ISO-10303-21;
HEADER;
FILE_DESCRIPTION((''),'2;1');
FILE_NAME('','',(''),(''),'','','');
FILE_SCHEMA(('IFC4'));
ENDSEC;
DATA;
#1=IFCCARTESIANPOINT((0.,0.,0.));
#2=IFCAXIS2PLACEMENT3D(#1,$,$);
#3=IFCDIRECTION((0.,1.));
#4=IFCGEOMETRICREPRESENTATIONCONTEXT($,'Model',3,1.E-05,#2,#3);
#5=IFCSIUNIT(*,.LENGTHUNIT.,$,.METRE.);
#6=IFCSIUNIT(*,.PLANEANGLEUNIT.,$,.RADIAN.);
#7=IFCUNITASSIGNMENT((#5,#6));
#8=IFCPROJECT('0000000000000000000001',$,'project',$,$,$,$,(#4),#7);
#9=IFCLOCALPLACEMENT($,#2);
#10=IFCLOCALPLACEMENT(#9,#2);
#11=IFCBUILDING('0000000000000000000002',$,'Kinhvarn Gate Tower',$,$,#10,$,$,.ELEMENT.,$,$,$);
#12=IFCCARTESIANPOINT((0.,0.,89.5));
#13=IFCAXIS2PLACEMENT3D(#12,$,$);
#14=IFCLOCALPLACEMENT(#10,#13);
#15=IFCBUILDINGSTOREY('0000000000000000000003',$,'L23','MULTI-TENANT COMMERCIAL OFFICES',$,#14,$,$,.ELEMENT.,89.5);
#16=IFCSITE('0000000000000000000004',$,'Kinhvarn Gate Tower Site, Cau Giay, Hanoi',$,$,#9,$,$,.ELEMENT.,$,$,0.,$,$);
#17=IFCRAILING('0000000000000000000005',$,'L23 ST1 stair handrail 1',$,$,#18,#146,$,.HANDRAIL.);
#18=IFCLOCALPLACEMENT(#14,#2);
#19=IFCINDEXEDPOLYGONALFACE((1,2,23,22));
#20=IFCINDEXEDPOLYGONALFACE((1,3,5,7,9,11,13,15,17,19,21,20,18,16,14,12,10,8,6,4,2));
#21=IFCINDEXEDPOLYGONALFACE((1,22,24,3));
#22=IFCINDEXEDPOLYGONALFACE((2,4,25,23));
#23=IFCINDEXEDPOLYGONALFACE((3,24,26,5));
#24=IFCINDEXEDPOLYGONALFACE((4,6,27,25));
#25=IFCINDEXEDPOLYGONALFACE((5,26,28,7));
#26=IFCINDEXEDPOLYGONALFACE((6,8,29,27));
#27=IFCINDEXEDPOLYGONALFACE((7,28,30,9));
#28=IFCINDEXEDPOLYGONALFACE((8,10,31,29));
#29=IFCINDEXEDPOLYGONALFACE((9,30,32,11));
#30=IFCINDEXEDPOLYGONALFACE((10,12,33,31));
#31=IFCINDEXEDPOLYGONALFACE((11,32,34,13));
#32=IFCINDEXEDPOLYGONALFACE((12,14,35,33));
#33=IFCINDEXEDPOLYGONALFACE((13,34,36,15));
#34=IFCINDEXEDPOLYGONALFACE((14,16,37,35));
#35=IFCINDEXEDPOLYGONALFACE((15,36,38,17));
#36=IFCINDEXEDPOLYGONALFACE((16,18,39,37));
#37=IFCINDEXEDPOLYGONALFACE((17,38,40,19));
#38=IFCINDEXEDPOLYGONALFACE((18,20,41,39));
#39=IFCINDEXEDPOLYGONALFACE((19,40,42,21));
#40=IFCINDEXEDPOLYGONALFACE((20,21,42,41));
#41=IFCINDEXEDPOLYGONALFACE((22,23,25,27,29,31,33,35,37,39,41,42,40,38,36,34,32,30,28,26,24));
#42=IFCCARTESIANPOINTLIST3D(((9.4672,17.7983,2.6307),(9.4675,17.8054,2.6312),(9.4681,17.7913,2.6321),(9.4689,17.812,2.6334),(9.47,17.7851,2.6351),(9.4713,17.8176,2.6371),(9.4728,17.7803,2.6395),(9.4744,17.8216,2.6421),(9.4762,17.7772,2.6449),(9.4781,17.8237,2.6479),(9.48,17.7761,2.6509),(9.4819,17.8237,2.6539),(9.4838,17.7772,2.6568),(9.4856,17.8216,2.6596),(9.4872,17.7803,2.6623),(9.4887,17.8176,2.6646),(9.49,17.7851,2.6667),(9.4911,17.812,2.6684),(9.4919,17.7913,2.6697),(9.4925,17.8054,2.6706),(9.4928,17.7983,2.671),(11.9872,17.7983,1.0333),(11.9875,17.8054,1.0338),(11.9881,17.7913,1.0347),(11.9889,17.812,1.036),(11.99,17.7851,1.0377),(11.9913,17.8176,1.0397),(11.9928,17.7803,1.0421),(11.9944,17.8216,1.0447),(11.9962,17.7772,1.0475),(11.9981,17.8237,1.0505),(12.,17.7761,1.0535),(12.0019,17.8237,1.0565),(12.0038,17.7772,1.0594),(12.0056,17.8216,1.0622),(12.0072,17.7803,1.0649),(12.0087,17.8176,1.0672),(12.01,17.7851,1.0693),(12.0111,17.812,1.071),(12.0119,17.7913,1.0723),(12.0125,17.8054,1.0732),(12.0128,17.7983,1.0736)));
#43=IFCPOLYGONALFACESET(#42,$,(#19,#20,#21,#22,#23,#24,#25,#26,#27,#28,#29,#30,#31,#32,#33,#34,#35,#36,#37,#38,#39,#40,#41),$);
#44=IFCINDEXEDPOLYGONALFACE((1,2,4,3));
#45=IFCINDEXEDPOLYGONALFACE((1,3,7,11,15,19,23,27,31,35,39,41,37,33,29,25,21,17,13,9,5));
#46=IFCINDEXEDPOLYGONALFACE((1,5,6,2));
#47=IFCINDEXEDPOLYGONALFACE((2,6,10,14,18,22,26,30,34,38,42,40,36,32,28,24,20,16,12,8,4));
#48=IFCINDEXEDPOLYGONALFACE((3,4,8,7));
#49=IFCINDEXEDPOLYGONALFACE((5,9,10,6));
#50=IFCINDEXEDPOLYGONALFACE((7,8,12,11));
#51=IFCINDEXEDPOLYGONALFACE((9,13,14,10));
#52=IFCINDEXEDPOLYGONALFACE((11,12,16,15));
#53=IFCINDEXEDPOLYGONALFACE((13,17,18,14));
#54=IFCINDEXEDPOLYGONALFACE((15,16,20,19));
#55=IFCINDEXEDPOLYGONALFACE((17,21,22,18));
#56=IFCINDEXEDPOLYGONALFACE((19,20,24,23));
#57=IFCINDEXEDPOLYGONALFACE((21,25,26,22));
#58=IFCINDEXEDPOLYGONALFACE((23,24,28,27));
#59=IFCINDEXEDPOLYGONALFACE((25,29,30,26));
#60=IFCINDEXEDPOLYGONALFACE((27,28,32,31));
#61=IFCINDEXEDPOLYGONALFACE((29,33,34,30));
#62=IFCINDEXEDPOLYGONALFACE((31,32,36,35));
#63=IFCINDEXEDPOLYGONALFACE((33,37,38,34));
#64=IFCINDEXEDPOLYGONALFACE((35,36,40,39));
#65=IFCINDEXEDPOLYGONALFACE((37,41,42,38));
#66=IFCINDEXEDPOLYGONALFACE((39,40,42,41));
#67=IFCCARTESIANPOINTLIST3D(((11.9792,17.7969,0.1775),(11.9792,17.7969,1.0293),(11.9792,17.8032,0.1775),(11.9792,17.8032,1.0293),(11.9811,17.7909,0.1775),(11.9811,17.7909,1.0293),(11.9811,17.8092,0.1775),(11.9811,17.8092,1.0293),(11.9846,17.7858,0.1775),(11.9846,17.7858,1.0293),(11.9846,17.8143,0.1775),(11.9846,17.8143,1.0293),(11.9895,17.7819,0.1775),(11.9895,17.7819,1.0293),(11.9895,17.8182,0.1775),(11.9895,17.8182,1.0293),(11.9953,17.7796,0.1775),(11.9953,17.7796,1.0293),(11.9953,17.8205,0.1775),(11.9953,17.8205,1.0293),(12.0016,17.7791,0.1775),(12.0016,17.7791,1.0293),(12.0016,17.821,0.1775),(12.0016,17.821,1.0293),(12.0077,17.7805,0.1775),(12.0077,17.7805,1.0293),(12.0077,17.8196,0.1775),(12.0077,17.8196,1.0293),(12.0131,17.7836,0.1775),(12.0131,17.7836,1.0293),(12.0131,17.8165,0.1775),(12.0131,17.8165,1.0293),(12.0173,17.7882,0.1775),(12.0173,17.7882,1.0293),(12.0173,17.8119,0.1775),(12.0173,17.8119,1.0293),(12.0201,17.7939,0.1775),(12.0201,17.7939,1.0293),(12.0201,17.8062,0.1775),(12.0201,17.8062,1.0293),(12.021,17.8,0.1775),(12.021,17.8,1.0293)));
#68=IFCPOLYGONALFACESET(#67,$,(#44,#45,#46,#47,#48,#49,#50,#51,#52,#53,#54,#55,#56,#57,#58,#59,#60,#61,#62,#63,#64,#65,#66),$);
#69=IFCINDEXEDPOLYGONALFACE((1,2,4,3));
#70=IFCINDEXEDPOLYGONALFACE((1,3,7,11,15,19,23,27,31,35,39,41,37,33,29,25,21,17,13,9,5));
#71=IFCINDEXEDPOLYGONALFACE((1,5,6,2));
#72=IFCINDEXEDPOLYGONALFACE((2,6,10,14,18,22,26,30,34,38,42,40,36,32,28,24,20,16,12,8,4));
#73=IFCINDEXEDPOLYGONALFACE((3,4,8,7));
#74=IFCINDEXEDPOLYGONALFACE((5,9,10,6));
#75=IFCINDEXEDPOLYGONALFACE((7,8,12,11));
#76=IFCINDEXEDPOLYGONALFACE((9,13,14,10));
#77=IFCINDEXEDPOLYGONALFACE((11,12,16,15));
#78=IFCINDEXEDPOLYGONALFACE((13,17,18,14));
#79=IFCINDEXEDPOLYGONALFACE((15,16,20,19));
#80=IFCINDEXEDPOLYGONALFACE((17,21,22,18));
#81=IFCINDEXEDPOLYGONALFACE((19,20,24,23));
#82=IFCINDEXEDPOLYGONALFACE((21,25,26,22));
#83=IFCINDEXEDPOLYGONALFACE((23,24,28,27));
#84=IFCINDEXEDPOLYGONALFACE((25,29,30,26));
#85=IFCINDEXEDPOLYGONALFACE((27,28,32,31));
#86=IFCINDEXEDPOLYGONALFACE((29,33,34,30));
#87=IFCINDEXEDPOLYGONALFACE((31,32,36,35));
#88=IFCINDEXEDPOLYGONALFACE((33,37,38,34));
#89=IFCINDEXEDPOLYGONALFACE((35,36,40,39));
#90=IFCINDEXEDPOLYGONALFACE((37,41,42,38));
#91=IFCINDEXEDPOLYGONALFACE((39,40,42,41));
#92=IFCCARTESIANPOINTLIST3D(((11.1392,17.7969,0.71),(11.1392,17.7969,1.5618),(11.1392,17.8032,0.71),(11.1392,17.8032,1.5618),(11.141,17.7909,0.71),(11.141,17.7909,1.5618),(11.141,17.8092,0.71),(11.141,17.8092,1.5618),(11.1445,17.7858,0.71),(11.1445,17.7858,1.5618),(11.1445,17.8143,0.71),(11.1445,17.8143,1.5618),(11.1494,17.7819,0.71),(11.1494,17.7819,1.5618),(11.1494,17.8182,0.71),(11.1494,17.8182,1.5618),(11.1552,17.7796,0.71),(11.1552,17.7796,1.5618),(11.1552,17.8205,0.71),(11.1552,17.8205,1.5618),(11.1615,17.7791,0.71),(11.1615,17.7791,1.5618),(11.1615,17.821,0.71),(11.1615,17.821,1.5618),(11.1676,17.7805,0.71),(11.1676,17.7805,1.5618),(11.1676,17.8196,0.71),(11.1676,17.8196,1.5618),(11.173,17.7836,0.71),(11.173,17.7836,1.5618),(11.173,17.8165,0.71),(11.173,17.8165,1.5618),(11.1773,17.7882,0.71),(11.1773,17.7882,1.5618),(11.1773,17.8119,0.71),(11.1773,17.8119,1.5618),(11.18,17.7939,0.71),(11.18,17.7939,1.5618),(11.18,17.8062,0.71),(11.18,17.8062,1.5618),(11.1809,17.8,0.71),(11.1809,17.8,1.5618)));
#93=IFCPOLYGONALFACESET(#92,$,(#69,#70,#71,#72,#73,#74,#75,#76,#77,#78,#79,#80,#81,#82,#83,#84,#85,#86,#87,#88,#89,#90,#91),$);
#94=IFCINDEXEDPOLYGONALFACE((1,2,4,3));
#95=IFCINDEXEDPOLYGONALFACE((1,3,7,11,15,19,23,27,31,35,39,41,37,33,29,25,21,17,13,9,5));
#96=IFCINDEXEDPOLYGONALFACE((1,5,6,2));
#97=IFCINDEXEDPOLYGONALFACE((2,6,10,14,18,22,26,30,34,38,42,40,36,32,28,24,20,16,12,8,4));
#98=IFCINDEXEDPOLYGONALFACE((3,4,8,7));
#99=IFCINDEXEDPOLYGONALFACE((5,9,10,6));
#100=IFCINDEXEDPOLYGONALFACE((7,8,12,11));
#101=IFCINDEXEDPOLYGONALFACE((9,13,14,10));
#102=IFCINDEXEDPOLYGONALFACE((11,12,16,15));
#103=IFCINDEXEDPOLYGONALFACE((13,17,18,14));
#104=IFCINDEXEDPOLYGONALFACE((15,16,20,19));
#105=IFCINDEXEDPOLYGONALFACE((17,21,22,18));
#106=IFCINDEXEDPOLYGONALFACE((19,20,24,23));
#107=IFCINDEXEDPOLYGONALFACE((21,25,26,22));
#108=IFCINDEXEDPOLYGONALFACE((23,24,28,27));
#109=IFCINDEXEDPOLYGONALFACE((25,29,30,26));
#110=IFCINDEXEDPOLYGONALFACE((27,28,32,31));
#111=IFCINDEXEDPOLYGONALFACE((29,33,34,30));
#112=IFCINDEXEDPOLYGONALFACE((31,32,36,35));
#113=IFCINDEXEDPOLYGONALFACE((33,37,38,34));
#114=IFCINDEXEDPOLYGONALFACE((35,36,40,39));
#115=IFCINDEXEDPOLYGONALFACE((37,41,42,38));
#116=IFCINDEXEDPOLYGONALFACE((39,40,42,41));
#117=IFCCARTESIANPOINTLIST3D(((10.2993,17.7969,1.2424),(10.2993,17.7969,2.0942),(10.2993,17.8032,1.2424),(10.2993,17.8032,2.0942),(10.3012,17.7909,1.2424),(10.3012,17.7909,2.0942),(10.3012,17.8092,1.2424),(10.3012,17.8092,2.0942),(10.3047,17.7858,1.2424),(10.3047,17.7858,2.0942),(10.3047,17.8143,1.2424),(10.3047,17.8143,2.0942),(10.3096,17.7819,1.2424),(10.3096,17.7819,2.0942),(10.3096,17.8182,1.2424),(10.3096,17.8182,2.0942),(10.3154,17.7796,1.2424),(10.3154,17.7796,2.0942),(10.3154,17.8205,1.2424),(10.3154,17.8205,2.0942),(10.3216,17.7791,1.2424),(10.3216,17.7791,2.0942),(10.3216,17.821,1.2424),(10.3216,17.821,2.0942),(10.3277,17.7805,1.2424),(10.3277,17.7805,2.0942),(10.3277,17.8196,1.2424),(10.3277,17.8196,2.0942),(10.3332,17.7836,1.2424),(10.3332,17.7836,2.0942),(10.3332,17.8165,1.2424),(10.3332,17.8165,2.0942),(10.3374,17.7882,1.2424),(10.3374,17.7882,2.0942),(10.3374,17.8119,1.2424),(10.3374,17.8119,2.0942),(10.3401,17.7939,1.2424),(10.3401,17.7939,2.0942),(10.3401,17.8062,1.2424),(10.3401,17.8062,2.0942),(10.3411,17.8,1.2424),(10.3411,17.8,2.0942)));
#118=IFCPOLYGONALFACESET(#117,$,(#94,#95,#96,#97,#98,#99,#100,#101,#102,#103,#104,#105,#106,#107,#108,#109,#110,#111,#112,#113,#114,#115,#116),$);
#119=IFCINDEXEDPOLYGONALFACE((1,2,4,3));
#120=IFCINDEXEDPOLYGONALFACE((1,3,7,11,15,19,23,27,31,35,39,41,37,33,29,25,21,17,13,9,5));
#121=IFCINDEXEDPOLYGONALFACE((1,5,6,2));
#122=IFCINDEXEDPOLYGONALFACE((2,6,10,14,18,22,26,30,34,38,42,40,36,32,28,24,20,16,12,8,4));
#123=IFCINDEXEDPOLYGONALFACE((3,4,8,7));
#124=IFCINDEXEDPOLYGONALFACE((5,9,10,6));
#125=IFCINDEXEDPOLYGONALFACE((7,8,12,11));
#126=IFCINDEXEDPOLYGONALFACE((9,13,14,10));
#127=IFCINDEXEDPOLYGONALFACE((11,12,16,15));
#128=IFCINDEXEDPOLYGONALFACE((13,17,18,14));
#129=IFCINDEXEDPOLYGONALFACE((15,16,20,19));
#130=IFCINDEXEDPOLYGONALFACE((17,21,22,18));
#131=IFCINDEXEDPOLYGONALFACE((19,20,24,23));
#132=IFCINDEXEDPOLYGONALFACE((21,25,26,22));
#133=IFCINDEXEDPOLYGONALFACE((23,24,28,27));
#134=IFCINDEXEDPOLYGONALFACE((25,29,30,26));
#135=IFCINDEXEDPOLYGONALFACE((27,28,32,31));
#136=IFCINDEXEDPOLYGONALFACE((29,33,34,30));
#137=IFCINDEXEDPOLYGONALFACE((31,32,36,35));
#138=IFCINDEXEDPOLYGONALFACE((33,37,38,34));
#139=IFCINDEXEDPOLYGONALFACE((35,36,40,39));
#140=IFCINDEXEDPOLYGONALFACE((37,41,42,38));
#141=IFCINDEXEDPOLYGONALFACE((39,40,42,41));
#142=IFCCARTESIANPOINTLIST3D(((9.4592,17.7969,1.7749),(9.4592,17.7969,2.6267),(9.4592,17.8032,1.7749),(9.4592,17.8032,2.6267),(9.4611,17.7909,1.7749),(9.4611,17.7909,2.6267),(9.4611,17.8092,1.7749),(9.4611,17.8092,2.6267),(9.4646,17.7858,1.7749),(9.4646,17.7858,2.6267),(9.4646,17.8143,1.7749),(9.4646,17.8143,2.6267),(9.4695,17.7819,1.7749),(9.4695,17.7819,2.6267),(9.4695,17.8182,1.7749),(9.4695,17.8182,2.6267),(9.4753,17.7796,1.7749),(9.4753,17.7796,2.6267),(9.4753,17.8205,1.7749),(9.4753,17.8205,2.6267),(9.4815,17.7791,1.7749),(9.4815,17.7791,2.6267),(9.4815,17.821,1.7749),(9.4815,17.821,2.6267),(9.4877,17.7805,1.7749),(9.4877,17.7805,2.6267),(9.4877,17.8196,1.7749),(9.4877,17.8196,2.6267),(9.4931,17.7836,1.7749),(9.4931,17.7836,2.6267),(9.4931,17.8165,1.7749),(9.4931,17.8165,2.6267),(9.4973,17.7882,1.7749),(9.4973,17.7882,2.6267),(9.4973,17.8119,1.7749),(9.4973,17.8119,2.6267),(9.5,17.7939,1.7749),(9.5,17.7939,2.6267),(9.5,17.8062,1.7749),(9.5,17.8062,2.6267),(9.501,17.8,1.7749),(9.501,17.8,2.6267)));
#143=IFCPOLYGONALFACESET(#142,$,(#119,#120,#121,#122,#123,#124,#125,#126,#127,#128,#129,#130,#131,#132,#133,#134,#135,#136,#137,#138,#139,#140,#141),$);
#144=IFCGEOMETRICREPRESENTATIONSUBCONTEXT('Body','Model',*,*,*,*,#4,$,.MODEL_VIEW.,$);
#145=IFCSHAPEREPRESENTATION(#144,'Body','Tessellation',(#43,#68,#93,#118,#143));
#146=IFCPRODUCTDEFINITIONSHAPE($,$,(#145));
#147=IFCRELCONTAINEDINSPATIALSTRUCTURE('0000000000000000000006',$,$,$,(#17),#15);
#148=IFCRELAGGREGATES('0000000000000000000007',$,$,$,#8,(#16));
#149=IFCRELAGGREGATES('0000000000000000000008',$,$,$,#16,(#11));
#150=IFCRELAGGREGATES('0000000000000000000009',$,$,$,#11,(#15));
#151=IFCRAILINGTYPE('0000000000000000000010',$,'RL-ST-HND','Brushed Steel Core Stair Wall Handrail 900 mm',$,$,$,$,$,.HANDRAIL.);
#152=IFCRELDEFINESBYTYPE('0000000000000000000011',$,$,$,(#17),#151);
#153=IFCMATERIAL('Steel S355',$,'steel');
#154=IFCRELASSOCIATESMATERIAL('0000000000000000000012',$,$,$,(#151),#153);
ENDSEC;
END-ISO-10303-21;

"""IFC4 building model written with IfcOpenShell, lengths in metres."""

from ifc_helpers import new_model, si_unit, direction, frame, origin, origin_2d, place, context, subcontext, project, spatial, circle, extrude, material, type_object, element, save


model = new_model("IFC4")

# Units and contexts
model_context = context("Model", 3, precision=1e-05, world=origin(), true_north=direction((0.0, 1.0)))
body_context = subcontext(model_context, "Body", "Model", "MODEL_VIEW")
ifc_project = project(units=[si_unit("LENGTHUNIT", "METRE"), si_unit("PLANEANGLEUNIT", "RADIAN")], contexts=[model_context])

# Site, building, storey
site_placement = place(None, origin())
site = spatial("IfcSite", under=ifc_project, at=site_placement, Name="Kinhvarn Gate Tower Site, Cau Giay, Hanoi", CompositionType="ELEMENT", RefElevation=0.0)
building_placement = place(site_placement, origin())
building = spatial("IfcBuilding", under=site, at=building_placement, Name="Kinhvarn Gate Tower", CompositionType="ELEMENT")
storey_placement = place(building_placement, frame((0.0, 0.0, 89.5)))
storey = spatial("IfcBuildingStorey", under=building, at=storey_placement, Name="L23", Description="MULTI-TENANT COMMERCIAL OFFICES", CompositionType="ELEMENT", Elevation=89.5)

# Shared definitions
ifc_material_1 = material(Name="Steel S355", Category="steel")

# Railing
railing_type_1 = type_object("IfcRailingType", Name="RL-ST-HND", Description="Brushed Steel Core Stair Wall Handrail 900 mm", PredefinedType="HANDRAIL", material=ifc_material_1)
railing_1_placement = place(storey_placement, frame((12.0, 17.8, 0.1775)))
element("IfcRailing", 1, at=railing_1_placement, inside=storey, type_object=railing_type_1, Name="L23 ST1 stair handrail 1", PredefinedType="HANDRAIL", context=body_context, shape_type="SweptSolid", body=[
    extrude(circle(Radius=0.0239, at=origin_2d()), frame((0.0, 0.0, 0.876), z_axis=(-0.844607, 0.0, 0.535387), x_axis=(0.0, -1.0, 0.0)), (0.0, 0.0, 1.0), 2.9836),
    extrude(circle(Radius=0.021, at=origin_2d()), origin(), (0.0, 0.0, 1.0), 0.8518),
    extrude(circle(Radius=0.021, at=origin_2d()), frame((-0.8401, 0.0, 0.5325)), (0.0, 0.0, 1.0), 0.8518),
    extrude(circle(Radius=0.021, at=origin_2d()), frame((-1.6799, 0.0, 1.0649)), (0.0, 0.0, 1.0), 0.8518),
    extrude(circle(Radius=0.021, at=origin_2d()), frame((-2.52, 0.0, 1.5974)), (0.0, 0.0, 1.0), 0.8518),
])

save(model, "model.ifc")
